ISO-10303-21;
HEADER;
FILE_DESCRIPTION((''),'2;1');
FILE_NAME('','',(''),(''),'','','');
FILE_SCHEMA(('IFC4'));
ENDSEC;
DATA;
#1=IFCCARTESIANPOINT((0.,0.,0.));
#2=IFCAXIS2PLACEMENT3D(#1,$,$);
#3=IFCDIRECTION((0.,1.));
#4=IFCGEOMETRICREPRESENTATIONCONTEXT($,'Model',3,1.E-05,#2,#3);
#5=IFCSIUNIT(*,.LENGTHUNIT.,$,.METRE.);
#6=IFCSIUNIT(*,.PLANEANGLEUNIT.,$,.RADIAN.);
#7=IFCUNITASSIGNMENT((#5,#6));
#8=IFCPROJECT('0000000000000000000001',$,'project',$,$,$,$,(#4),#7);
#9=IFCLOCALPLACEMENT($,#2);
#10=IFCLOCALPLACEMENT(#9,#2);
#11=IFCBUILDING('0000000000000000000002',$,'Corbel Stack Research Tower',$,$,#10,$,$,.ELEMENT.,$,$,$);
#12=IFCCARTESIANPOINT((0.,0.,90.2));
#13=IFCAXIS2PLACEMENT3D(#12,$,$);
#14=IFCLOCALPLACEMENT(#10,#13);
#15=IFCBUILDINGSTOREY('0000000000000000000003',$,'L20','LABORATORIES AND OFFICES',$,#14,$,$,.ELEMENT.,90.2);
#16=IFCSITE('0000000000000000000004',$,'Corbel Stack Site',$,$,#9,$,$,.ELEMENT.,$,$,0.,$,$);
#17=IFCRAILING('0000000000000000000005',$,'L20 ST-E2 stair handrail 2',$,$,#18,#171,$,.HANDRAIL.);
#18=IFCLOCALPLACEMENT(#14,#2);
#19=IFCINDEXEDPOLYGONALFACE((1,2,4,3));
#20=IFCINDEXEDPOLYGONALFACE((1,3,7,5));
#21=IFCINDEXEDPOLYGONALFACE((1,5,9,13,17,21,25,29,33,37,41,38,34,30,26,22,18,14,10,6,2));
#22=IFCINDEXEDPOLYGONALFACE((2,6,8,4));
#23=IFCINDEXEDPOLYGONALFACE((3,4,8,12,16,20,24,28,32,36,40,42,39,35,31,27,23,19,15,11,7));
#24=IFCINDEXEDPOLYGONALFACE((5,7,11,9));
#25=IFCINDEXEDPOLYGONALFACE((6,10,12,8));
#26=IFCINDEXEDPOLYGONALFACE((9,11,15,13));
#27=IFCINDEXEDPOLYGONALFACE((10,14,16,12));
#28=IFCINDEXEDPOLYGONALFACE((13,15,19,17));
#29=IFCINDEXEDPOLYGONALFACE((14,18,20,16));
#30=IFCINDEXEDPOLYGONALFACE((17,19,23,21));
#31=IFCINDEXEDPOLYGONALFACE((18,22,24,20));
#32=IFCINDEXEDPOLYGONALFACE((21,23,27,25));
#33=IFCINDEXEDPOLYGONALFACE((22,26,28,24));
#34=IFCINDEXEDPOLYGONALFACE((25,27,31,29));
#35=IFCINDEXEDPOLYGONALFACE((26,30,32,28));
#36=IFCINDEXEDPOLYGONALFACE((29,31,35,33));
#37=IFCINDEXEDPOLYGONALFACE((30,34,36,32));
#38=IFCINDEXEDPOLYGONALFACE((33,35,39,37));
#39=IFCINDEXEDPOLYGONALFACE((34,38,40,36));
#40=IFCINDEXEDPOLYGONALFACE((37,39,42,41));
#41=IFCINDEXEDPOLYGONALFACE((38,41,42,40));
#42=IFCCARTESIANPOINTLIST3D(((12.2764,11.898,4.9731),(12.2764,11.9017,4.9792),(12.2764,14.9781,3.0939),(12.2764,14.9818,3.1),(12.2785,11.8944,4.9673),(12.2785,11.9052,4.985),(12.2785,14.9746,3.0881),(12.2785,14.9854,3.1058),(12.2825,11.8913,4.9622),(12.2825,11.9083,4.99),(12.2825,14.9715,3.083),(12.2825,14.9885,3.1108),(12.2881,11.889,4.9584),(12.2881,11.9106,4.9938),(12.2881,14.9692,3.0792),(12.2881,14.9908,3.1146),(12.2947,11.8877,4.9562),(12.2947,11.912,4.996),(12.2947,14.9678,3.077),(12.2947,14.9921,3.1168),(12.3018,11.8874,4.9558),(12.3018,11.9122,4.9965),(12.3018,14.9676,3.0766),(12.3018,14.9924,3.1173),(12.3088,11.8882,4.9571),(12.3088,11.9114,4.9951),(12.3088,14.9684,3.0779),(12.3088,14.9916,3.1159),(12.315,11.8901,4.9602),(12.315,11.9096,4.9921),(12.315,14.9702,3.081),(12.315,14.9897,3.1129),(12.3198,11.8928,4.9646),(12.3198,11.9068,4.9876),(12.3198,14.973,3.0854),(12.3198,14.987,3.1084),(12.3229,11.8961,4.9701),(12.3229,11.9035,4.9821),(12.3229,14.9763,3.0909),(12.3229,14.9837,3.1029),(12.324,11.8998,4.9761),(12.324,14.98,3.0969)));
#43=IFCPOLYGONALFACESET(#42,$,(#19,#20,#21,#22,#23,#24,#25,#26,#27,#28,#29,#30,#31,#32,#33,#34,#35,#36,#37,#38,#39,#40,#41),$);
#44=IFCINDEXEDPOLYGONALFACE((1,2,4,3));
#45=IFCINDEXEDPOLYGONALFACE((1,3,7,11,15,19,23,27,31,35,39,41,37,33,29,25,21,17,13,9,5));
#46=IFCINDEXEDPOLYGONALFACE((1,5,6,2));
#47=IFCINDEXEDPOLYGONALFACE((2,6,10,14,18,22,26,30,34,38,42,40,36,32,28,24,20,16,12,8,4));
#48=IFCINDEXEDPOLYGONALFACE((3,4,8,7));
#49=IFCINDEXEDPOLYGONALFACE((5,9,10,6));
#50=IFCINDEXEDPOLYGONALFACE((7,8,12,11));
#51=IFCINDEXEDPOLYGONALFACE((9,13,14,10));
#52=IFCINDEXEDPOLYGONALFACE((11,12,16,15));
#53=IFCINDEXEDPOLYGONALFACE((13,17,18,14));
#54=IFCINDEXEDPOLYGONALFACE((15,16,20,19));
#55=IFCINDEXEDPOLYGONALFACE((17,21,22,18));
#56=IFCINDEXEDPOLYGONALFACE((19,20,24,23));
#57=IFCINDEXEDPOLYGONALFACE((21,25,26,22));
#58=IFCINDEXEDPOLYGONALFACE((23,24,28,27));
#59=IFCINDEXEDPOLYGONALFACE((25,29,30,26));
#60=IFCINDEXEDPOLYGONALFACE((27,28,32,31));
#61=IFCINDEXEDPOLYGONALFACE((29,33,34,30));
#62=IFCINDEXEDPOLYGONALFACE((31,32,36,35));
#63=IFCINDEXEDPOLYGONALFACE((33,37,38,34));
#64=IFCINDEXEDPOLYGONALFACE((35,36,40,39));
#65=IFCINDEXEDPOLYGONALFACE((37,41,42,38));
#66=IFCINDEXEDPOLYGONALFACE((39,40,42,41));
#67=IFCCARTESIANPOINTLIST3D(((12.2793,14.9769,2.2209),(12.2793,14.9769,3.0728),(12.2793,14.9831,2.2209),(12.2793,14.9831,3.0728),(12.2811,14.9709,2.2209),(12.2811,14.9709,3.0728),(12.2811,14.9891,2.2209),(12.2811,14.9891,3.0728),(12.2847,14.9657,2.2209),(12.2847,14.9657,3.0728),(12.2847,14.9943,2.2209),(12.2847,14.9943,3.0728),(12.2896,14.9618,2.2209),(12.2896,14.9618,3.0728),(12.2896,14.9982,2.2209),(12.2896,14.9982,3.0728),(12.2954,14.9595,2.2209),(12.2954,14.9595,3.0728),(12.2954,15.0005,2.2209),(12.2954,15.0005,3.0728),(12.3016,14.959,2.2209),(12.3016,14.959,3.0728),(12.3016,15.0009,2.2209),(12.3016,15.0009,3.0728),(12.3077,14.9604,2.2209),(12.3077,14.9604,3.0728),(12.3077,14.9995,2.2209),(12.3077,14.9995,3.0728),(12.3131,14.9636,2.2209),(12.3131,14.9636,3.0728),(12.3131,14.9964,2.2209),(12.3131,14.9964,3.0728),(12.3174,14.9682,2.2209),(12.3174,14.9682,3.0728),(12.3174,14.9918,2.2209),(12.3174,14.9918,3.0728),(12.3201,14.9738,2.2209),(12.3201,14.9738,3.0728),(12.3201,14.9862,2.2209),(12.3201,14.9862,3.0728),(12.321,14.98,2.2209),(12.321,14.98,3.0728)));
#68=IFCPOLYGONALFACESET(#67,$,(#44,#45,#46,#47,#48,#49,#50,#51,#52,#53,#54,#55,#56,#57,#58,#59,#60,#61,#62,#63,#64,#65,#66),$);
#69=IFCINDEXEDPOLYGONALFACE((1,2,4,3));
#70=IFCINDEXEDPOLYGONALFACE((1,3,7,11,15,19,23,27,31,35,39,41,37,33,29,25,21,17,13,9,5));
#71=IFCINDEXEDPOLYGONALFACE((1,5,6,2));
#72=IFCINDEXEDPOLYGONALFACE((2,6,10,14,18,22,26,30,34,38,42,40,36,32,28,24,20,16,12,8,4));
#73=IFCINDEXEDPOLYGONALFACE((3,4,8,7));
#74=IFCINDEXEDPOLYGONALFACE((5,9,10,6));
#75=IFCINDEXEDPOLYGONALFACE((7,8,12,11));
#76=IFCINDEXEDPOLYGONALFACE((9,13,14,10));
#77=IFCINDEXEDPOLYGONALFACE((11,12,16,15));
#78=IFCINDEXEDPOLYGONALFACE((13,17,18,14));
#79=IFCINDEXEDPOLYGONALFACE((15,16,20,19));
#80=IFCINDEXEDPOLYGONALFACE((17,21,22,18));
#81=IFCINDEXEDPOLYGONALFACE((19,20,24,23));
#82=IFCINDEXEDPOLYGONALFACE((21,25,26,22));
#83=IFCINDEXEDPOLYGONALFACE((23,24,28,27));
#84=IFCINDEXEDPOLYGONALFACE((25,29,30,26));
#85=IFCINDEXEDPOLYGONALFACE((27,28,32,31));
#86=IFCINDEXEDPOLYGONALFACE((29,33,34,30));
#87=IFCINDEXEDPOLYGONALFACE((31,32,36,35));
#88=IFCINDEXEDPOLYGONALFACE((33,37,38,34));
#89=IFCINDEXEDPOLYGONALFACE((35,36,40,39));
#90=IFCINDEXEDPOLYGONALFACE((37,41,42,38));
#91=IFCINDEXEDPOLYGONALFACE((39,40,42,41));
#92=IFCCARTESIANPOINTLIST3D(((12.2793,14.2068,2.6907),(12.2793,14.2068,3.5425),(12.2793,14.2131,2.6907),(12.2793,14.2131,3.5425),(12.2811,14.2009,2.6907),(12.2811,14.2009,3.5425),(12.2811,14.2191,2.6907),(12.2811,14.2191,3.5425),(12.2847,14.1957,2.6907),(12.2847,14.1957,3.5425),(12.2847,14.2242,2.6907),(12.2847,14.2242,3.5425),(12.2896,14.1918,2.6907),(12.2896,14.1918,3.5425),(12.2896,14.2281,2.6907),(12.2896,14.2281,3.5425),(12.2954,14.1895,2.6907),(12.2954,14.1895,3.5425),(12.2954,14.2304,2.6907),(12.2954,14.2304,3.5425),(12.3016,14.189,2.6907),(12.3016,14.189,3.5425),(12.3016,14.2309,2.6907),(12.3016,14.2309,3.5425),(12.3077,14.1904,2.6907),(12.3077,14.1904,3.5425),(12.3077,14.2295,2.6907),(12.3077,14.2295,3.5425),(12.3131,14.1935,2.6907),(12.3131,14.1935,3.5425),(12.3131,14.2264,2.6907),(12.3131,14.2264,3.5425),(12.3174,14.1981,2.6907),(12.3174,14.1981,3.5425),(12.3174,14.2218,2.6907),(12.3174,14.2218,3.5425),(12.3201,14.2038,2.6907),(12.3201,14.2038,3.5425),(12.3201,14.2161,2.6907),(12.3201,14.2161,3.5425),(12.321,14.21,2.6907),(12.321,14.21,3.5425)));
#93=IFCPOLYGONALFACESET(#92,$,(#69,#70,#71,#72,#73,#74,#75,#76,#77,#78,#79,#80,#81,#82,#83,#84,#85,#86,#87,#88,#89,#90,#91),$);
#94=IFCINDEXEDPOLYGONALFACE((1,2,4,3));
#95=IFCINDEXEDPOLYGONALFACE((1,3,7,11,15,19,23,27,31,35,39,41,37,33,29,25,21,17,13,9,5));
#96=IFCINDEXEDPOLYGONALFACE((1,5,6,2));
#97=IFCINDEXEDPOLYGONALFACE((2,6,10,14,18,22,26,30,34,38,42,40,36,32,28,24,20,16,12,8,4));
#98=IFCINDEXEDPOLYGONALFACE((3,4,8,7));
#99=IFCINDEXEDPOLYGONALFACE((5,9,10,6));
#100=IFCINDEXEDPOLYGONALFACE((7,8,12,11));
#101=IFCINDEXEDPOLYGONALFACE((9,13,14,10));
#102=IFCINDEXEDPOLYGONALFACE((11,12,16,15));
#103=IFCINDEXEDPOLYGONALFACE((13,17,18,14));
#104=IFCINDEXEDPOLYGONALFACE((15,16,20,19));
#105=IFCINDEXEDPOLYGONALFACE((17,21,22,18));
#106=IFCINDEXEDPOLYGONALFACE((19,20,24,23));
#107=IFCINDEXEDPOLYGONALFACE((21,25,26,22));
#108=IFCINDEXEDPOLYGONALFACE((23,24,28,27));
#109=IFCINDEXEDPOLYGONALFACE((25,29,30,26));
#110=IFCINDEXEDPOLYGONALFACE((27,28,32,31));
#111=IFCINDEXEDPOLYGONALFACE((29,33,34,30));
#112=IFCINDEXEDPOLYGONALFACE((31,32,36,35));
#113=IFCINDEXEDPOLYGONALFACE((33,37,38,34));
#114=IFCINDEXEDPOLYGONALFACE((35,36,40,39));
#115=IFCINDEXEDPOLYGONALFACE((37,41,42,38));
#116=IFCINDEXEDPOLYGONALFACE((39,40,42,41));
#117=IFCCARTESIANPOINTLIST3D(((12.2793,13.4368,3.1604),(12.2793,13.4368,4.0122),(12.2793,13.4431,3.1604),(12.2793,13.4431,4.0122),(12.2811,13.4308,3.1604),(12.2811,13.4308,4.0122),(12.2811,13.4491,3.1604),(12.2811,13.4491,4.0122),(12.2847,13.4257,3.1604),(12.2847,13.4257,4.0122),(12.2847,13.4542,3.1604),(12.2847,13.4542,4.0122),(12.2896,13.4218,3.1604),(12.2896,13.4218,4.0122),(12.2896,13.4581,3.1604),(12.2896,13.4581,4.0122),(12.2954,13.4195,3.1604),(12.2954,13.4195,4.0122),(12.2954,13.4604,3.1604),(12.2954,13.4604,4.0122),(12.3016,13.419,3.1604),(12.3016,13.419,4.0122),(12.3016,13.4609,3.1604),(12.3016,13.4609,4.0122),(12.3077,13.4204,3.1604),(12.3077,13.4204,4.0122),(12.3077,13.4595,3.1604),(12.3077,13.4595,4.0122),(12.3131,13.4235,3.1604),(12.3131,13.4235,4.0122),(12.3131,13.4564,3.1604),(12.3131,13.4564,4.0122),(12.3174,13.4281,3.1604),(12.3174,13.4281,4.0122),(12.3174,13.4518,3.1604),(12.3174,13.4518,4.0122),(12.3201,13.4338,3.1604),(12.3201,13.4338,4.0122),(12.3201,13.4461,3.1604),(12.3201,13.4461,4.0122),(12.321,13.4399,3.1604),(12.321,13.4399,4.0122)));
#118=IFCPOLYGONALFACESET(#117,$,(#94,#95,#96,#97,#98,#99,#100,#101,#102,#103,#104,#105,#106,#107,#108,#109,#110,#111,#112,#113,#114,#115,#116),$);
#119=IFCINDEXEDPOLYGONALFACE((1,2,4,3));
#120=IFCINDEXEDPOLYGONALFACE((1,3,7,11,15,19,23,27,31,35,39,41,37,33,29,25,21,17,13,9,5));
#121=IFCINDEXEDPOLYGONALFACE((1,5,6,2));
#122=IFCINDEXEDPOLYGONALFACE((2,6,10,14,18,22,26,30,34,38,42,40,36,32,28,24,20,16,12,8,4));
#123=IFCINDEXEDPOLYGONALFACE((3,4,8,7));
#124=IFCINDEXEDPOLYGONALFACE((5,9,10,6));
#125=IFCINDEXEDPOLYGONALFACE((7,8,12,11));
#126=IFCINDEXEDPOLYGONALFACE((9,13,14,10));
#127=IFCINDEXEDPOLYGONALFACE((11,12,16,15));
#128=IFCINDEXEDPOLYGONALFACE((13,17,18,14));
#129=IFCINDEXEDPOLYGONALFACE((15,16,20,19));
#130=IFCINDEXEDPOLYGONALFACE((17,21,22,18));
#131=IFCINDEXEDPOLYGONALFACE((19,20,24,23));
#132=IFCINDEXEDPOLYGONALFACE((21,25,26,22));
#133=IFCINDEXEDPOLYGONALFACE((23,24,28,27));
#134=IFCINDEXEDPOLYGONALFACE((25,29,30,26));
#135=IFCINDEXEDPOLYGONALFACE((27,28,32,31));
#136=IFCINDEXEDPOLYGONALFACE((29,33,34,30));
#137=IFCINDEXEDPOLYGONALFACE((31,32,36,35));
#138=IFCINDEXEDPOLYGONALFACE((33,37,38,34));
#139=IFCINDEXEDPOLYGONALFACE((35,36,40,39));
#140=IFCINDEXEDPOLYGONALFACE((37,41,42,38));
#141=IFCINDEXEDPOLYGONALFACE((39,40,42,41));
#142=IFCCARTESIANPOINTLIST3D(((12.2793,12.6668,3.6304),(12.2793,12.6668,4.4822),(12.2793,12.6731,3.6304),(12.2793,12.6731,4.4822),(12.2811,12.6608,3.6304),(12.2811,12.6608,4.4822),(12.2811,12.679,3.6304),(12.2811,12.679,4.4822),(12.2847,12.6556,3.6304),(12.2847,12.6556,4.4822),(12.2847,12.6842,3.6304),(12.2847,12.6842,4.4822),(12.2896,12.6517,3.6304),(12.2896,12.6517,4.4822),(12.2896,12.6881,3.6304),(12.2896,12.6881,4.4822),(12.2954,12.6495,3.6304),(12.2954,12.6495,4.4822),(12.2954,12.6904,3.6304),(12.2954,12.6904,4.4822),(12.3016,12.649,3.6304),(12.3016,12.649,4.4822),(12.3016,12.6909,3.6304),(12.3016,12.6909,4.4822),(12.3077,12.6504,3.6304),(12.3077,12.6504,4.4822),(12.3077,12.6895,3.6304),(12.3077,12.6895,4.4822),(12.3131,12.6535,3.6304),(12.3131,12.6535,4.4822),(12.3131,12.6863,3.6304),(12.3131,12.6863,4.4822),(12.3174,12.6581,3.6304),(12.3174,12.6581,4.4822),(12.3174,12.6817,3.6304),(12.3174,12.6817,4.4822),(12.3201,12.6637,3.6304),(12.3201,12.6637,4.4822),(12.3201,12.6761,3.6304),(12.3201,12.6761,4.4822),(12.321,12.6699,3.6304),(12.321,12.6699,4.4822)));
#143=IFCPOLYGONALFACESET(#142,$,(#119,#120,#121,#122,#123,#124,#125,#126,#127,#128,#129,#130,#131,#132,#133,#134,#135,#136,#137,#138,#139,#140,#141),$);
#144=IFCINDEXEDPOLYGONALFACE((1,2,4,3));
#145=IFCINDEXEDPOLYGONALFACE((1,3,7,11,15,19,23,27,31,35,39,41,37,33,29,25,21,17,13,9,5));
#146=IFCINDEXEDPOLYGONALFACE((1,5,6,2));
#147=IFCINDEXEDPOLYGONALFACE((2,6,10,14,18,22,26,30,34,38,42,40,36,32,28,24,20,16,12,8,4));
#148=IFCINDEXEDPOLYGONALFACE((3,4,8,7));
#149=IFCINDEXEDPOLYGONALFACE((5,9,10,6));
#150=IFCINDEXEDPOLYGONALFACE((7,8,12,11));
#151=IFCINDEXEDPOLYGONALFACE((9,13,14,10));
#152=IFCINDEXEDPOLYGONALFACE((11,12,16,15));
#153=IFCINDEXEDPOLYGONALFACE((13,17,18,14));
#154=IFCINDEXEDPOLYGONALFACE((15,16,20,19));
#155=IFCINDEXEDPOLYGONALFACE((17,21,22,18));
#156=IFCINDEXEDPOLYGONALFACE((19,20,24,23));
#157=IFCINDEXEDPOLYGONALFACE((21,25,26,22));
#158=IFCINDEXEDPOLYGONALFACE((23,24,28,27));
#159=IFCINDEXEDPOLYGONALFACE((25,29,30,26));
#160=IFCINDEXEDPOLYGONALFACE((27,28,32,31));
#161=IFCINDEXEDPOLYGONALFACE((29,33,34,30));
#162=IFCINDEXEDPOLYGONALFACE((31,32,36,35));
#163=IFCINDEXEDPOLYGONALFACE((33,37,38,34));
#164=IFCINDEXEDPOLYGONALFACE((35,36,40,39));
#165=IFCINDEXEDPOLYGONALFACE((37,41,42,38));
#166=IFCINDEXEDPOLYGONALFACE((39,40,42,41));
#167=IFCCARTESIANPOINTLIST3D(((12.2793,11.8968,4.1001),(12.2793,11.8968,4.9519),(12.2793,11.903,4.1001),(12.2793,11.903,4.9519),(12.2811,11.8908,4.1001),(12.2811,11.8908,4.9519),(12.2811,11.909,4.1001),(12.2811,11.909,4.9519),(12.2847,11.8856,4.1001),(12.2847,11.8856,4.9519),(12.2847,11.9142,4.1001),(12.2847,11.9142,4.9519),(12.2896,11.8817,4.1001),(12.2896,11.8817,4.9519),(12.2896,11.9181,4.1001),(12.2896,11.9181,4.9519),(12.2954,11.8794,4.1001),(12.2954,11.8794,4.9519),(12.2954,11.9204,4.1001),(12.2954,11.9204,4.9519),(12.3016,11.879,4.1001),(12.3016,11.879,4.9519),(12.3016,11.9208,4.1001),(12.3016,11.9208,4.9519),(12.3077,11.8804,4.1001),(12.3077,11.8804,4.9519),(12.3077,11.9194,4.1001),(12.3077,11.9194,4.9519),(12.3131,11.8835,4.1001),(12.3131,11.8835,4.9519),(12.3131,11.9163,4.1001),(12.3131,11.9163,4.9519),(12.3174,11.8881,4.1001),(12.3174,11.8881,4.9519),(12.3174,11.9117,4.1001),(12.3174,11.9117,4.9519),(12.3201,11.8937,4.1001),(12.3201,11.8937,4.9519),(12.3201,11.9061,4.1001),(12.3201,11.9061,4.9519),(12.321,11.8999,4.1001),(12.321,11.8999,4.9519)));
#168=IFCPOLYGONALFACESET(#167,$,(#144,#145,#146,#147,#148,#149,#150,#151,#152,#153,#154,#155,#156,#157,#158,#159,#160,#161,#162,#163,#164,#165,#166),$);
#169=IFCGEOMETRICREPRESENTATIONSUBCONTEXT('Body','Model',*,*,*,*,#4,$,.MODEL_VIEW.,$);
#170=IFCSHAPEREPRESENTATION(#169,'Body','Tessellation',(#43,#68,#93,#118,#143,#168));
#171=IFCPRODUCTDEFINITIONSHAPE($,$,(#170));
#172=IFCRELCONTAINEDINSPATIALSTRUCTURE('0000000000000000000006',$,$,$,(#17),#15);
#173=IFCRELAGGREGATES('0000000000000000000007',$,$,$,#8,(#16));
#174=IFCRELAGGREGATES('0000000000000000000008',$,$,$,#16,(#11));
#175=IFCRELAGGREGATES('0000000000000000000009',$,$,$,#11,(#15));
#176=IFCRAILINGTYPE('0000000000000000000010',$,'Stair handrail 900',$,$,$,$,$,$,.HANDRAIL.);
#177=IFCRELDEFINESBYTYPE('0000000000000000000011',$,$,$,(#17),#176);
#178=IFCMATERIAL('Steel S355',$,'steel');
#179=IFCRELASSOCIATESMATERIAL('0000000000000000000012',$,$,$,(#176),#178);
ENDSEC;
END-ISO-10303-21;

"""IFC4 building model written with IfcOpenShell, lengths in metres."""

from ifc_helpers import new_model, si_unit, direction, frame, origin, origin_2d, place, context, subcontext, project, spatial, circle, extrude, material, type_object, element, save


model = new_model("IFC4")

# Units and contexts
model_context = context("Model", 3, precision=1e-05, world=origin(), true_north=direction((0.0, 1.0)))
body_context = subcontext(model_context, "Body", "Model", "MODEL_VIEW")
ifc_project = project(units=[si_unit("LENGTHUNIT", "METRE"), si_unit("PLANEANGLEUNIT", "RADIAN")], contexts=[model_context])

# Site, building, storey
site_placement = place(None, origin())
site = spatial("IfcSite", under=ifc_project, at=site_placement, Name="Corbel Stack Site", CompositionType="ELEMENT", RefElevation=0.0)
building_placement = place(site_placement, origin())
building = spatial("IfcBuilding", under=site, at=building_placement, Name="Corbel Stack Research Tower", CompositionType="ELEMENT")
storey_placement = place(building_placement, frame((0.0, 0.0, 90.2)))
storey = spatial("IfcBuildingStorey", under=building, at=storey_placement, Name="L20", Description="LABORATORIES AND OFFICES", CompositionType="ELEMENT", Elevation=90.2)

# Railing
ifc_material_1 = material(Name="Steel S355", Category="steel")
railing_type_1 = type_object("IfcRailingType", Name="Stair handrail 900", PredefinedType="HANDRAIL", material=ifc_material_1)
railing_1_placement = place(storey_placement, frame((12.3, 14.98, 2.2209)))
element("IfcRailing", 1, at=railing_1_placement, inside=storey, type_object=railing_type_1, Name="L20 ST-E2 stair handrail 2", PredefinedType="HANDRAIL", context=body_context, shape_type="SweptSolid", body=[
    extrude(circle(Radius=0.0239, at=origin_2d()), frame((0.0, 0.0, 0.876), z_axis=(0.0, -0.853666, 0.52082), x_axis=(1.0, 0.0, 0.0)), (0.0, 0.0, 1.0), 3.6082),
    extrude(circle(Radius=0.021, at=origin_2d()), origin(), (0.0, 0.0, 1.0), 0.8518),
    extrude(circle(Radius=0.021, at=origin_2d()), frame((0.0, -0.77, 0.4697)), (0.0, 0.0, 1.0), 0.8518),
    extrude(circle(Radius=0.021, at=origin_2d()), frame((0.0, -1.54, 0.9395)), (0.0, 0.0, 1.0), 0.8518),
    extrude(circle(Radius=0.021, at=origin_2d()), frame((0.0, -2.3101, 1.4094)), (0.0, 0.0, 1.0), 0.8518),
    extrude(circle(Radius=0.021, at=origin_2d()), frame((0.0, -3.0801, 1.8792)), (0.0, 0.0, 1.0), 0.8518),
])

save(model, "model.ifc")
